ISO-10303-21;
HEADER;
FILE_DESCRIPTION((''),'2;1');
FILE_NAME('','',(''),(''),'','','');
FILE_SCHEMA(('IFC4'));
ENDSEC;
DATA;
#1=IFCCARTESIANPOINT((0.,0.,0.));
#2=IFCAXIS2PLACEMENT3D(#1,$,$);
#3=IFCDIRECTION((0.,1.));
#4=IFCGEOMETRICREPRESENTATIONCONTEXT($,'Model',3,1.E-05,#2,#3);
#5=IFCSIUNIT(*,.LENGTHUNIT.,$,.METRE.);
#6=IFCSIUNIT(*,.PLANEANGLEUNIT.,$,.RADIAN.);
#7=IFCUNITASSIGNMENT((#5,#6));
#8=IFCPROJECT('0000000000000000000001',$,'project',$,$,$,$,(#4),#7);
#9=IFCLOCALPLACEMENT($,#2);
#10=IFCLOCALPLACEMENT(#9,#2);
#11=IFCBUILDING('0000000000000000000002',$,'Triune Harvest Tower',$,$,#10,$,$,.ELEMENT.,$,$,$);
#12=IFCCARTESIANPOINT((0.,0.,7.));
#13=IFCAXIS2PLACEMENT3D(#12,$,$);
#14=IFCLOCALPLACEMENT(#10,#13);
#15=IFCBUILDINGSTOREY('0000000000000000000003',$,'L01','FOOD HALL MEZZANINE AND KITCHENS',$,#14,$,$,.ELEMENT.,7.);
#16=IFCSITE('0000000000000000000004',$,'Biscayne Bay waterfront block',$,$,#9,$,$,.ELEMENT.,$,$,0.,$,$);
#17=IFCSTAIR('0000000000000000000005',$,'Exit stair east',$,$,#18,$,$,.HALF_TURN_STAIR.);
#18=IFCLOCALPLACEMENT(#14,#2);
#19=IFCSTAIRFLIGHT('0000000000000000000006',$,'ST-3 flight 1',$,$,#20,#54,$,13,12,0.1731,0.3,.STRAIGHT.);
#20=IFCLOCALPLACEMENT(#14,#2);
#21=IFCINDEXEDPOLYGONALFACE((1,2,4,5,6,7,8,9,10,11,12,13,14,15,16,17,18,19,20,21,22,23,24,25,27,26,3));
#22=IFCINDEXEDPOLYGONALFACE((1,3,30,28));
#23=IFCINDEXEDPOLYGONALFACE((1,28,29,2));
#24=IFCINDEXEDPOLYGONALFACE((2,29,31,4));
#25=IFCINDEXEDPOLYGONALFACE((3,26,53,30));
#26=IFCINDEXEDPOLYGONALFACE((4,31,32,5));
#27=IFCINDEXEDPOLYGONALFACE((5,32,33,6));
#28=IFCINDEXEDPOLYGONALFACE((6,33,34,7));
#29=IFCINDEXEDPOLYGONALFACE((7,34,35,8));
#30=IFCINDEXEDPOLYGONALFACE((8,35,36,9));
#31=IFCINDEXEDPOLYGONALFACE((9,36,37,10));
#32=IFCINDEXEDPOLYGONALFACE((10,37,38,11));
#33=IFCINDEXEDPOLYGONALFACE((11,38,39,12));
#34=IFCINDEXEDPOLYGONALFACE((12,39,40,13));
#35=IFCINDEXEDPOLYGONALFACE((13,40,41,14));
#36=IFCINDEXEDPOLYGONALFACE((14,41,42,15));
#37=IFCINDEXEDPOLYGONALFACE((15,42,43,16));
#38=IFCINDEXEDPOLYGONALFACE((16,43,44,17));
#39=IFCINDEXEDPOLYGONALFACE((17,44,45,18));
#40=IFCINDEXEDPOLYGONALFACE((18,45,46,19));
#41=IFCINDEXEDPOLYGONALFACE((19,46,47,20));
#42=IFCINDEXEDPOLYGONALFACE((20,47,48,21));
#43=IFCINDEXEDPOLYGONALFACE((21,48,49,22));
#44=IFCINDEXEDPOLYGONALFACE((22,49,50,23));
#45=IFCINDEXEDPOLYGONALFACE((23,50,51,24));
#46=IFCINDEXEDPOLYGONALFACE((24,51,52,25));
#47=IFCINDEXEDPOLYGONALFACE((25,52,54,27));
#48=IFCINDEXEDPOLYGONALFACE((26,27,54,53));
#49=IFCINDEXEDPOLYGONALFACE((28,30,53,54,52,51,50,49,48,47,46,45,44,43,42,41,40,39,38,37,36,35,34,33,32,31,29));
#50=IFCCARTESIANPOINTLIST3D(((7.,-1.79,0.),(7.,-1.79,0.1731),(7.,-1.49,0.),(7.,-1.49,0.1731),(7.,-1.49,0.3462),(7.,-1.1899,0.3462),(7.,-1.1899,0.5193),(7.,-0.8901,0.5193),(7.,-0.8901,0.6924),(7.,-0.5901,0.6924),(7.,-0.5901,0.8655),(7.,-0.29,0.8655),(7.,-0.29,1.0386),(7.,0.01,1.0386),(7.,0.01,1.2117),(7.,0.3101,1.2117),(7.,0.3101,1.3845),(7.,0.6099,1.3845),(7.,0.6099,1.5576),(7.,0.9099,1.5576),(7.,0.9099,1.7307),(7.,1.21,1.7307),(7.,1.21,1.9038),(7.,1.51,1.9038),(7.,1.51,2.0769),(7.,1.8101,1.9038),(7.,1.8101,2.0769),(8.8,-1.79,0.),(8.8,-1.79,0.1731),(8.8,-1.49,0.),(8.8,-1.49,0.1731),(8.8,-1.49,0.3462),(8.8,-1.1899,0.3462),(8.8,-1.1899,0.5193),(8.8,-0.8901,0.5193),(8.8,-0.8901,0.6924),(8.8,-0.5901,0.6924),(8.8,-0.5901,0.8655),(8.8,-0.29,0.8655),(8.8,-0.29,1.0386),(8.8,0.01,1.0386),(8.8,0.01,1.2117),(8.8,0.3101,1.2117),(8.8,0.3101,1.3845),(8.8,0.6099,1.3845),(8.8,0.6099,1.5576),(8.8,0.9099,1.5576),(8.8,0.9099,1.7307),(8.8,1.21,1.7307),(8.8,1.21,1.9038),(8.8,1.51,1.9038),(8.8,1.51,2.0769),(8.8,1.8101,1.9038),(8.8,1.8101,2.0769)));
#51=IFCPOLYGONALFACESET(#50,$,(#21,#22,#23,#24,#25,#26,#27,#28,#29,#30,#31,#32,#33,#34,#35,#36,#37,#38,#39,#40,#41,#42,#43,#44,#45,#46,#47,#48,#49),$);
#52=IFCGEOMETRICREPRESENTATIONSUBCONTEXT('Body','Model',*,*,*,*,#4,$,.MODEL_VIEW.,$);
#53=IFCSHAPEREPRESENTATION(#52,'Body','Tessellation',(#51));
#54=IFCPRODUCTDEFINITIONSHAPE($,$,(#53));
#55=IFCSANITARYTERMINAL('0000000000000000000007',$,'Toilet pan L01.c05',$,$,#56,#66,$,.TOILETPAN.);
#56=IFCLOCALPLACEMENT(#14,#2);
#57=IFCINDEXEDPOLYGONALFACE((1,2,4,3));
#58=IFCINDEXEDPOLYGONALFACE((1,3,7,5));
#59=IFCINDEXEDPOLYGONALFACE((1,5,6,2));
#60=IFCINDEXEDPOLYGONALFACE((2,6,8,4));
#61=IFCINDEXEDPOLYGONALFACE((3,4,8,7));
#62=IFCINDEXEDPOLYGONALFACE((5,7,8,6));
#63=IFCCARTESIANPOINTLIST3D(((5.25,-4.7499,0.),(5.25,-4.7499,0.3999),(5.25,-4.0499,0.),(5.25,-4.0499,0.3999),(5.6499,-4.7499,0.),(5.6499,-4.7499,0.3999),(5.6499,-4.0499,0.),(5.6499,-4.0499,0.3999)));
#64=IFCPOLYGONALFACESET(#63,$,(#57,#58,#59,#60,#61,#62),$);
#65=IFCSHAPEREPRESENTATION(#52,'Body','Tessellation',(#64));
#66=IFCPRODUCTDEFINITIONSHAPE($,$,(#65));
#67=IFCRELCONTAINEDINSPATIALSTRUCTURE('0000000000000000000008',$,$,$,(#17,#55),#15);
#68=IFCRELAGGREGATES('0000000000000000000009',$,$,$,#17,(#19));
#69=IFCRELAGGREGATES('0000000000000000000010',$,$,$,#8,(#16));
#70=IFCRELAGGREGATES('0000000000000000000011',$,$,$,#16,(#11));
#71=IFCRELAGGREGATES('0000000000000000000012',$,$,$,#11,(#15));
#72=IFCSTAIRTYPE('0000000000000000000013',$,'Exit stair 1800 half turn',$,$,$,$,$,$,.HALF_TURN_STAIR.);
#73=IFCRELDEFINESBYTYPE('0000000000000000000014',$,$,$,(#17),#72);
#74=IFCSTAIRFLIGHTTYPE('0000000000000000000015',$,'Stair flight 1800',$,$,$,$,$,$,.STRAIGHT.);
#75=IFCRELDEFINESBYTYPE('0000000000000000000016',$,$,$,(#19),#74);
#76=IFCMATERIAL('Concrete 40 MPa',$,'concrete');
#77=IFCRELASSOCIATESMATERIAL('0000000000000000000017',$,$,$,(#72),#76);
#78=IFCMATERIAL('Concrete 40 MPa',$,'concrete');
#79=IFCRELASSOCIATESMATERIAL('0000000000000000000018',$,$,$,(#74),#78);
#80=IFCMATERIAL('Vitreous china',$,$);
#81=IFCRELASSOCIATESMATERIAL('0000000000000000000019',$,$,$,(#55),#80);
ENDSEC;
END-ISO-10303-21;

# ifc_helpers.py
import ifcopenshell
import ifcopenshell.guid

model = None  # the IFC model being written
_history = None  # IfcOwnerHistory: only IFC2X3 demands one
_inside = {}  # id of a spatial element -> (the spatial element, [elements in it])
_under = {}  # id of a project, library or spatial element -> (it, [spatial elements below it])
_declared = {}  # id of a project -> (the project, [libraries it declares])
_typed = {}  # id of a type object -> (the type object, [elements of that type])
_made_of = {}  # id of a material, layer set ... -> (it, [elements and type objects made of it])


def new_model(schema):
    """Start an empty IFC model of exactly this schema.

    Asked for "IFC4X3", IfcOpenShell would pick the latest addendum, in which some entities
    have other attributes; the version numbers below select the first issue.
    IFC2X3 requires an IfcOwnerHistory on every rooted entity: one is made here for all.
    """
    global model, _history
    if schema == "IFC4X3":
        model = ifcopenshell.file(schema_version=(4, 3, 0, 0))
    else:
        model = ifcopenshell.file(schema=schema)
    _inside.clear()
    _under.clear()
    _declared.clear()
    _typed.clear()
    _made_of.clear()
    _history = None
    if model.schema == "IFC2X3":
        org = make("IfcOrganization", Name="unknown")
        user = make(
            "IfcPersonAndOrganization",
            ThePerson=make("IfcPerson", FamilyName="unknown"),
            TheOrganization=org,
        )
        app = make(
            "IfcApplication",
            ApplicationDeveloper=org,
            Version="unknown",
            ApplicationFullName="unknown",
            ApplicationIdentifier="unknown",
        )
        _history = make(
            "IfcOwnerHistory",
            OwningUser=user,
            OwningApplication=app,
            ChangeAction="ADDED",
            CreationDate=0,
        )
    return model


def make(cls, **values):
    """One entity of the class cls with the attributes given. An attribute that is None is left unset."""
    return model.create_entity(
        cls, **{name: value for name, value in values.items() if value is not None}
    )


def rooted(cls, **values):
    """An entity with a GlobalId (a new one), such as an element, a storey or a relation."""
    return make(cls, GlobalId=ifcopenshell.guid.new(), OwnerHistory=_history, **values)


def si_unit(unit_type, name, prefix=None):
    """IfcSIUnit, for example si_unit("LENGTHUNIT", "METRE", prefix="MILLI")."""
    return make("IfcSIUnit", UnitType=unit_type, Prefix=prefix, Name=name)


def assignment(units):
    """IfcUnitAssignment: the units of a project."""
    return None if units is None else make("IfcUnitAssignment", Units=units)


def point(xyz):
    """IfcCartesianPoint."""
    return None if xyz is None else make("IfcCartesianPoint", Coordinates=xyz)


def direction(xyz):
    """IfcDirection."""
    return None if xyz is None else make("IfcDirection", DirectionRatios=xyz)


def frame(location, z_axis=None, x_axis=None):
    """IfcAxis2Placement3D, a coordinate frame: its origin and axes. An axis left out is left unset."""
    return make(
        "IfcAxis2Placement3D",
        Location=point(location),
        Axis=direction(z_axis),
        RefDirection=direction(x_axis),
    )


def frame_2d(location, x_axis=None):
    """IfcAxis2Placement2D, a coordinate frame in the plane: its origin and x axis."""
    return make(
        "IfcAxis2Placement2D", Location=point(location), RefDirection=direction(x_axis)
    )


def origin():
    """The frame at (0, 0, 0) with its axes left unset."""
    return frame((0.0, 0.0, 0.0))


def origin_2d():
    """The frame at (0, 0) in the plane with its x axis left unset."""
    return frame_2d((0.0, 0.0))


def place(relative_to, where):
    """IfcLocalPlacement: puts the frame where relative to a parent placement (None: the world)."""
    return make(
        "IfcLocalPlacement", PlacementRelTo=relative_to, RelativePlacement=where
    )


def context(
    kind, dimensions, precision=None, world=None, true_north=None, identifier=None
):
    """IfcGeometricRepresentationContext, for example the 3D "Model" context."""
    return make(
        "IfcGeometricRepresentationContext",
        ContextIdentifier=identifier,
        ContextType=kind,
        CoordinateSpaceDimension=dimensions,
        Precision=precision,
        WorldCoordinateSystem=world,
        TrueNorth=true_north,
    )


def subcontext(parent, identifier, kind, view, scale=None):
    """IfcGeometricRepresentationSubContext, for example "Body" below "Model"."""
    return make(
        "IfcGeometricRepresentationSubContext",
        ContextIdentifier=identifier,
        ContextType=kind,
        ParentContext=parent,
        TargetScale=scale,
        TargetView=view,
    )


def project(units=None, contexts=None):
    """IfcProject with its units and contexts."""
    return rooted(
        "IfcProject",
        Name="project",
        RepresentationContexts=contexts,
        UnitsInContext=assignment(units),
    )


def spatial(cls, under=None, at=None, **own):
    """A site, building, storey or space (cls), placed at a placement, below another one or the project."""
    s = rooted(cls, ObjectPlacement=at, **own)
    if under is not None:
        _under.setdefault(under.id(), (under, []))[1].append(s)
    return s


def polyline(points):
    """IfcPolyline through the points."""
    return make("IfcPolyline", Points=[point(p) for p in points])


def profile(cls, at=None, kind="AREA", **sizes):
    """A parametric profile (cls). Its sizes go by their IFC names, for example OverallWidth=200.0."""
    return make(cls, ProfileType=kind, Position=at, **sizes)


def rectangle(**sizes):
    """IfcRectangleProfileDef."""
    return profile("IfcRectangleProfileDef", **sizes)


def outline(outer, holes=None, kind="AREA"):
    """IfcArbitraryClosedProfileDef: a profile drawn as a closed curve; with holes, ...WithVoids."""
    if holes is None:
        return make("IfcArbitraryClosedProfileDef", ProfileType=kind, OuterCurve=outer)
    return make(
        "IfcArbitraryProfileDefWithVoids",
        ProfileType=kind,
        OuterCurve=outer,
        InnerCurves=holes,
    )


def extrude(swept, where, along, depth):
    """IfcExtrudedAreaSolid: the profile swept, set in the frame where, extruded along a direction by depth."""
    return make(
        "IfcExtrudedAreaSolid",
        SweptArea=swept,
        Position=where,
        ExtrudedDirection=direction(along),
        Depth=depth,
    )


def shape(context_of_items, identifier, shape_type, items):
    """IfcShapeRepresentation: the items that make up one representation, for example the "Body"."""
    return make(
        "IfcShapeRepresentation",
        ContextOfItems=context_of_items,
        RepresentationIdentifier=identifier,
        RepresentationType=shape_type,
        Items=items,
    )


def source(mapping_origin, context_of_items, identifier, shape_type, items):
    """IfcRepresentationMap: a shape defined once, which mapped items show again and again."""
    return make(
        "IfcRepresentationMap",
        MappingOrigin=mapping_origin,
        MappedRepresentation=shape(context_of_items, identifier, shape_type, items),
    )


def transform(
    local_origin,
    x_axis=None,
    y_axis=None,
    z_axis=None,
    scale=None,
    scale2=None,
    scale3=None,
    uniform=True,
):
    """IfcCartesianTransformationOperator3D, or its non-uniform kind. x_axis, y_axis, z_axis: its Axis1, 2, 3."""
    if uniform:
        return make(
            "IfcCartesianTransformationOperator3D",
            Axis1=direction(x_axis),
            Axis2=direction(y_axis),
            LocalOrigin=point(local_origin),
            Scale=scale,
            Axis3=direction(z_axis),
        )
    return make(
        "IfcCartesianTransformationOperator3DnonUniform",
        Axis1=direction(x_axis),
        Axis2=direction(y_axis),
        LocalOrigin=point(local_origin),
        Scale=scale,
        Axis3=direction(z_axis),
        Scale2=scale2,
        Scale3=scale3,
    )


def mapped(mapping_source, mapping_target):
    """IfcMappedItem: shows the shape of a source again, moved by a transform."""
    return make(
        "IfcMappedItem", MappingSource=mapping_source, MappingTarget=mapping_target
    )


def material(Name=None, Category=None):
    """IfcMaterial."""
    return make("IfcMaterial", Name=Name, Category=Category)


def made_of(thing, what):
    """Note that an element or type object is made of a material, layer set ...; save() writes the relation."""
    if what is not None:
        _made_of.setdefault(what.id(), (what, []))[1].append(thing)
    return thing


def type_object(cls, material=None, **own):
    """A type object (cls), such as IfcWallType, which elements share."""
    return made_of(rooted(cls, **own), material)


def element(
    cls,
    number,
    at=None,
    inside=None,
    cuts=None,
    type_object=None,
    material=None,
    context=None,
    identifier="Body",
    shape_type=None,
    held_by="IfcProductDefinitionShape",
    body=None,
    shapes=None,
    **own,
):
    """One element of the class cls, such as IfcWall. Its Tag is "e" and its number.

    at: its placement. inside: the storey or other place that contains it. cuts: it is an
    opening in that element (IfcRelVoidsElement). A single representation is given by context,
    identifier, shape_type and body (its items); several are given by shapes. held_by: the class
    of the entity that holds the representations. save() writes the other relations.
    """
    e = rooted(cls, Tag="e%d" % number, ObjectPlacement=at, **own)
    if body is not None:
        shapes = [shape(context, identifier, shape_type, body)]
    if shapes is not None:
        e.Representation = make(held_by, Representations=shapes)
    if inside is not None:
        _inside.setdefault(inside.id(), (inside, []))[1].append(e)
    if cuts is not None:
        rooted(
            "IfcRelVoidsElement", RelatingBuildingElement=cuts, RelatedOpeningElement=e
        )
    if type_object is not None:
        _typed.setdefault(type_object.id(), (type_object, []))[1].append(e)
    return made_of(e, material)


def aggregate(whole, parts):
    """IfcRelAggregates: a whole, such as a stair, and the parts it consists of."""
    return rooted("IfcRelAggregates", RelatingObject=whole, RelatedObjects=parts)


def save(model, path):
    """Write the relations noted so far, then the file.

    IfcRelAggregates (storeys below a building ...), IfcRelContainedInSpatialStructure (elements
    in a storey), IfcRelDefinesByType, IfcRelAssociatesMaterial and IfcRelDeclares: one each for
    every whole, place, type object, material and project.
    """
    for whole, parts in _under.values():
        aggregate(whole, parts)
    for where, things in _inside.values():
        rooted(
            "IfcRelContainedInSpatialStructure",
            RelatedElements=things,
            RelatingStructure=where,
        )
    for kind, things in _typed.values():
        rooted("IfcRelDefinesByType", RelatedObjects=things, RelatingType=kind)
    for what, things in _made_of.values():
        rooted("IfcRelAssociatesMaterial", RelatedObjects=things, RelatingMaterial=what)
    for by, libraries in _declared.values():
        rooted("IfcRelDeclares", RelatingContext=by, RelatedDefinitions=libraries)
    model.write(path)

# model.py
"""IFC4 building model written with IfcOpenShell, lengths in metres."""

from ifc_helpers import new_model, si_unit, direction, frame, origin, origin_2d, place, context, subcontext, project, spatial, polyline, rectangle, outline, extrude, source, transform, mapped, material, type_object, element, aggregate, save


model = new_model("IFC4")

# Units and contexts
model_context = context("Model", 3, precision=1e-05, world=origin(), true_north=direction((0.0, 1.0)))
body_context = subcontext(model_context, "Body", "Model", "MODEL_VIEW")
ifc_project = project(units=[si_unit("LENGTHUNIT", "METRE"), si_unit("PLANEANGLEUNIT", "RADIAN")], contexts=[model_context])

# Site, building, storey
site_placement = place(None, origin())
site = spatial("IfcSite", under=ifc_project, at=site_placement, Name="Biscayne Bay waterfront block", CompositionType="ELEMENT", RefElevation=0.0)
building_placement = place(site_placement, origin())
building = spatial("IfcBuilding", under=site, at=building_placement, Name="Triune Harvest Tower", CompositionType="ELEMENT")
storey_placement = place(building_placement, frame((0.0, 0.0, 7.0)))
storey = spatial("IfcBuildingStorey", under=building, at=storey_placement, Name="L01", Description="FOOD HALL MEZZANINE AND KITCHENS", CompositionType="ELEMENT", Elevation=7.0)

# Stair, stair flight
ifc_material_1 = material(Name="Concrete 40 MPa", Category="concrete")
stair_type = type_object("IfcStairType", Name="Exit stair 1800 half turn", PredefinedType="HALF_TURN_STAIR", material=ifc_material_1)
stair_placement = place(storey_placement, origin())
stair = element("IfcStair", 1, at=stair_placement, inside=storey, type_object=stair_type, Name="Exit stair east", PredefinedType="HALF_TURN_STAIR")
ifc_material_2 = material(Name="Concrete 40 MPa", Category="concrete")
stair_flight_type = type_object("IfcStairFlightType", Name="Stair flight 1800", PredefinedType="STRAIGHT", material=ifc_material_2)
shared_shape_1 = source(origin(), body_context, "Body", "SweptSolid", [
    extrude(outline(polyline([(0.0, 0.0), (0.0, 0.1731), (0.3, 0.1731), (0.3, 0.3462), (0.6001, 0.3462), (0.6001, 0.5193), (0.8999, 0.5193), (0.8999, 0.6924), (1.2, 0.6924), (1.2, 0.8655), (1.5, 0.8655), (1.5, 1.0386), (1.8, 1.0386), (1.8, 1.2117), (2.1001, 1.2117), (2.1001, 1.3845), (2.3999, 1.3845), (2.3999, 1.5576), (2.7, 1.5576), (2.7, 1.7307), (3.0, 1.7307), (3.0, 1.9038), (3.3, 1.9038), (3.3, 2.0769), (3.6001, 2.0769), (3.6001, 2.25), (3.6001, 1.9038), (0.3, 0.0), (0.0, 0.0)])), frame((0.0, 0.8999, 0.0), z_axis=(0.0, -1.0, 0.0), x_axis=(1.0, 0.0, 0.0)), (0.0, 0.0, 1.0), 1.8),
])
stair_flight_placement = place(storey_placement, frame((7.8999, -1.79, 0.0), z_axis=(0.0, 0.0, 1.0), x_axis=(0.0, 1.0, 0.0)))
stair_flight = element("IfcStairFlight", 2, at=stair_flight_placement, type_object=stair_flight_type, Name="ST-3 flight 1", NumberOfRisers=13, NumberOfTreads=12, PredefinedType="STRAIGHT", RiserHeight=0.1731, TreadLength=0.3, context=body_context, shape_type="MappedRepresentation", body=[
    mapped(shared_shape_1, transform((0.0, 0.0, 0.0), scale=1.0)),
])
aggregate(stair, [stair_flight])

# Sanitary terminal
ifc_material_3 = material(Name="Vitreous china")
shared_shape_2 = source(origin(), body_context, "Body", "SweptSolid", [
    extrude(rectangle(XDim=0.3999, YDim=0.7, at=origin_2d()), origin(), (0.0, 0.0, 1.0), 0.3999),
])
sanitary_terminal_placement = place(storey_placement, frame((5.45, -4.3999, 0.0), z_axis=(0.0, 0.0, 1.0), x_axis=(1.0, 0.0, 0.0)))
element("IfcSanitaryTerminal", 3, at=sanitary_terminal_placement, inside=storey, material=ifc_material_3, Name="Toilet pan L01.c05", PredefinedType="TOILETPAN", context=body_context, shape_type="MappedRepresentation", body=[
    mapped(shared_shape_2, transform((0.0, 0.0, 0.0), scale=1.0)),
])

save(model, "model.ifc")
